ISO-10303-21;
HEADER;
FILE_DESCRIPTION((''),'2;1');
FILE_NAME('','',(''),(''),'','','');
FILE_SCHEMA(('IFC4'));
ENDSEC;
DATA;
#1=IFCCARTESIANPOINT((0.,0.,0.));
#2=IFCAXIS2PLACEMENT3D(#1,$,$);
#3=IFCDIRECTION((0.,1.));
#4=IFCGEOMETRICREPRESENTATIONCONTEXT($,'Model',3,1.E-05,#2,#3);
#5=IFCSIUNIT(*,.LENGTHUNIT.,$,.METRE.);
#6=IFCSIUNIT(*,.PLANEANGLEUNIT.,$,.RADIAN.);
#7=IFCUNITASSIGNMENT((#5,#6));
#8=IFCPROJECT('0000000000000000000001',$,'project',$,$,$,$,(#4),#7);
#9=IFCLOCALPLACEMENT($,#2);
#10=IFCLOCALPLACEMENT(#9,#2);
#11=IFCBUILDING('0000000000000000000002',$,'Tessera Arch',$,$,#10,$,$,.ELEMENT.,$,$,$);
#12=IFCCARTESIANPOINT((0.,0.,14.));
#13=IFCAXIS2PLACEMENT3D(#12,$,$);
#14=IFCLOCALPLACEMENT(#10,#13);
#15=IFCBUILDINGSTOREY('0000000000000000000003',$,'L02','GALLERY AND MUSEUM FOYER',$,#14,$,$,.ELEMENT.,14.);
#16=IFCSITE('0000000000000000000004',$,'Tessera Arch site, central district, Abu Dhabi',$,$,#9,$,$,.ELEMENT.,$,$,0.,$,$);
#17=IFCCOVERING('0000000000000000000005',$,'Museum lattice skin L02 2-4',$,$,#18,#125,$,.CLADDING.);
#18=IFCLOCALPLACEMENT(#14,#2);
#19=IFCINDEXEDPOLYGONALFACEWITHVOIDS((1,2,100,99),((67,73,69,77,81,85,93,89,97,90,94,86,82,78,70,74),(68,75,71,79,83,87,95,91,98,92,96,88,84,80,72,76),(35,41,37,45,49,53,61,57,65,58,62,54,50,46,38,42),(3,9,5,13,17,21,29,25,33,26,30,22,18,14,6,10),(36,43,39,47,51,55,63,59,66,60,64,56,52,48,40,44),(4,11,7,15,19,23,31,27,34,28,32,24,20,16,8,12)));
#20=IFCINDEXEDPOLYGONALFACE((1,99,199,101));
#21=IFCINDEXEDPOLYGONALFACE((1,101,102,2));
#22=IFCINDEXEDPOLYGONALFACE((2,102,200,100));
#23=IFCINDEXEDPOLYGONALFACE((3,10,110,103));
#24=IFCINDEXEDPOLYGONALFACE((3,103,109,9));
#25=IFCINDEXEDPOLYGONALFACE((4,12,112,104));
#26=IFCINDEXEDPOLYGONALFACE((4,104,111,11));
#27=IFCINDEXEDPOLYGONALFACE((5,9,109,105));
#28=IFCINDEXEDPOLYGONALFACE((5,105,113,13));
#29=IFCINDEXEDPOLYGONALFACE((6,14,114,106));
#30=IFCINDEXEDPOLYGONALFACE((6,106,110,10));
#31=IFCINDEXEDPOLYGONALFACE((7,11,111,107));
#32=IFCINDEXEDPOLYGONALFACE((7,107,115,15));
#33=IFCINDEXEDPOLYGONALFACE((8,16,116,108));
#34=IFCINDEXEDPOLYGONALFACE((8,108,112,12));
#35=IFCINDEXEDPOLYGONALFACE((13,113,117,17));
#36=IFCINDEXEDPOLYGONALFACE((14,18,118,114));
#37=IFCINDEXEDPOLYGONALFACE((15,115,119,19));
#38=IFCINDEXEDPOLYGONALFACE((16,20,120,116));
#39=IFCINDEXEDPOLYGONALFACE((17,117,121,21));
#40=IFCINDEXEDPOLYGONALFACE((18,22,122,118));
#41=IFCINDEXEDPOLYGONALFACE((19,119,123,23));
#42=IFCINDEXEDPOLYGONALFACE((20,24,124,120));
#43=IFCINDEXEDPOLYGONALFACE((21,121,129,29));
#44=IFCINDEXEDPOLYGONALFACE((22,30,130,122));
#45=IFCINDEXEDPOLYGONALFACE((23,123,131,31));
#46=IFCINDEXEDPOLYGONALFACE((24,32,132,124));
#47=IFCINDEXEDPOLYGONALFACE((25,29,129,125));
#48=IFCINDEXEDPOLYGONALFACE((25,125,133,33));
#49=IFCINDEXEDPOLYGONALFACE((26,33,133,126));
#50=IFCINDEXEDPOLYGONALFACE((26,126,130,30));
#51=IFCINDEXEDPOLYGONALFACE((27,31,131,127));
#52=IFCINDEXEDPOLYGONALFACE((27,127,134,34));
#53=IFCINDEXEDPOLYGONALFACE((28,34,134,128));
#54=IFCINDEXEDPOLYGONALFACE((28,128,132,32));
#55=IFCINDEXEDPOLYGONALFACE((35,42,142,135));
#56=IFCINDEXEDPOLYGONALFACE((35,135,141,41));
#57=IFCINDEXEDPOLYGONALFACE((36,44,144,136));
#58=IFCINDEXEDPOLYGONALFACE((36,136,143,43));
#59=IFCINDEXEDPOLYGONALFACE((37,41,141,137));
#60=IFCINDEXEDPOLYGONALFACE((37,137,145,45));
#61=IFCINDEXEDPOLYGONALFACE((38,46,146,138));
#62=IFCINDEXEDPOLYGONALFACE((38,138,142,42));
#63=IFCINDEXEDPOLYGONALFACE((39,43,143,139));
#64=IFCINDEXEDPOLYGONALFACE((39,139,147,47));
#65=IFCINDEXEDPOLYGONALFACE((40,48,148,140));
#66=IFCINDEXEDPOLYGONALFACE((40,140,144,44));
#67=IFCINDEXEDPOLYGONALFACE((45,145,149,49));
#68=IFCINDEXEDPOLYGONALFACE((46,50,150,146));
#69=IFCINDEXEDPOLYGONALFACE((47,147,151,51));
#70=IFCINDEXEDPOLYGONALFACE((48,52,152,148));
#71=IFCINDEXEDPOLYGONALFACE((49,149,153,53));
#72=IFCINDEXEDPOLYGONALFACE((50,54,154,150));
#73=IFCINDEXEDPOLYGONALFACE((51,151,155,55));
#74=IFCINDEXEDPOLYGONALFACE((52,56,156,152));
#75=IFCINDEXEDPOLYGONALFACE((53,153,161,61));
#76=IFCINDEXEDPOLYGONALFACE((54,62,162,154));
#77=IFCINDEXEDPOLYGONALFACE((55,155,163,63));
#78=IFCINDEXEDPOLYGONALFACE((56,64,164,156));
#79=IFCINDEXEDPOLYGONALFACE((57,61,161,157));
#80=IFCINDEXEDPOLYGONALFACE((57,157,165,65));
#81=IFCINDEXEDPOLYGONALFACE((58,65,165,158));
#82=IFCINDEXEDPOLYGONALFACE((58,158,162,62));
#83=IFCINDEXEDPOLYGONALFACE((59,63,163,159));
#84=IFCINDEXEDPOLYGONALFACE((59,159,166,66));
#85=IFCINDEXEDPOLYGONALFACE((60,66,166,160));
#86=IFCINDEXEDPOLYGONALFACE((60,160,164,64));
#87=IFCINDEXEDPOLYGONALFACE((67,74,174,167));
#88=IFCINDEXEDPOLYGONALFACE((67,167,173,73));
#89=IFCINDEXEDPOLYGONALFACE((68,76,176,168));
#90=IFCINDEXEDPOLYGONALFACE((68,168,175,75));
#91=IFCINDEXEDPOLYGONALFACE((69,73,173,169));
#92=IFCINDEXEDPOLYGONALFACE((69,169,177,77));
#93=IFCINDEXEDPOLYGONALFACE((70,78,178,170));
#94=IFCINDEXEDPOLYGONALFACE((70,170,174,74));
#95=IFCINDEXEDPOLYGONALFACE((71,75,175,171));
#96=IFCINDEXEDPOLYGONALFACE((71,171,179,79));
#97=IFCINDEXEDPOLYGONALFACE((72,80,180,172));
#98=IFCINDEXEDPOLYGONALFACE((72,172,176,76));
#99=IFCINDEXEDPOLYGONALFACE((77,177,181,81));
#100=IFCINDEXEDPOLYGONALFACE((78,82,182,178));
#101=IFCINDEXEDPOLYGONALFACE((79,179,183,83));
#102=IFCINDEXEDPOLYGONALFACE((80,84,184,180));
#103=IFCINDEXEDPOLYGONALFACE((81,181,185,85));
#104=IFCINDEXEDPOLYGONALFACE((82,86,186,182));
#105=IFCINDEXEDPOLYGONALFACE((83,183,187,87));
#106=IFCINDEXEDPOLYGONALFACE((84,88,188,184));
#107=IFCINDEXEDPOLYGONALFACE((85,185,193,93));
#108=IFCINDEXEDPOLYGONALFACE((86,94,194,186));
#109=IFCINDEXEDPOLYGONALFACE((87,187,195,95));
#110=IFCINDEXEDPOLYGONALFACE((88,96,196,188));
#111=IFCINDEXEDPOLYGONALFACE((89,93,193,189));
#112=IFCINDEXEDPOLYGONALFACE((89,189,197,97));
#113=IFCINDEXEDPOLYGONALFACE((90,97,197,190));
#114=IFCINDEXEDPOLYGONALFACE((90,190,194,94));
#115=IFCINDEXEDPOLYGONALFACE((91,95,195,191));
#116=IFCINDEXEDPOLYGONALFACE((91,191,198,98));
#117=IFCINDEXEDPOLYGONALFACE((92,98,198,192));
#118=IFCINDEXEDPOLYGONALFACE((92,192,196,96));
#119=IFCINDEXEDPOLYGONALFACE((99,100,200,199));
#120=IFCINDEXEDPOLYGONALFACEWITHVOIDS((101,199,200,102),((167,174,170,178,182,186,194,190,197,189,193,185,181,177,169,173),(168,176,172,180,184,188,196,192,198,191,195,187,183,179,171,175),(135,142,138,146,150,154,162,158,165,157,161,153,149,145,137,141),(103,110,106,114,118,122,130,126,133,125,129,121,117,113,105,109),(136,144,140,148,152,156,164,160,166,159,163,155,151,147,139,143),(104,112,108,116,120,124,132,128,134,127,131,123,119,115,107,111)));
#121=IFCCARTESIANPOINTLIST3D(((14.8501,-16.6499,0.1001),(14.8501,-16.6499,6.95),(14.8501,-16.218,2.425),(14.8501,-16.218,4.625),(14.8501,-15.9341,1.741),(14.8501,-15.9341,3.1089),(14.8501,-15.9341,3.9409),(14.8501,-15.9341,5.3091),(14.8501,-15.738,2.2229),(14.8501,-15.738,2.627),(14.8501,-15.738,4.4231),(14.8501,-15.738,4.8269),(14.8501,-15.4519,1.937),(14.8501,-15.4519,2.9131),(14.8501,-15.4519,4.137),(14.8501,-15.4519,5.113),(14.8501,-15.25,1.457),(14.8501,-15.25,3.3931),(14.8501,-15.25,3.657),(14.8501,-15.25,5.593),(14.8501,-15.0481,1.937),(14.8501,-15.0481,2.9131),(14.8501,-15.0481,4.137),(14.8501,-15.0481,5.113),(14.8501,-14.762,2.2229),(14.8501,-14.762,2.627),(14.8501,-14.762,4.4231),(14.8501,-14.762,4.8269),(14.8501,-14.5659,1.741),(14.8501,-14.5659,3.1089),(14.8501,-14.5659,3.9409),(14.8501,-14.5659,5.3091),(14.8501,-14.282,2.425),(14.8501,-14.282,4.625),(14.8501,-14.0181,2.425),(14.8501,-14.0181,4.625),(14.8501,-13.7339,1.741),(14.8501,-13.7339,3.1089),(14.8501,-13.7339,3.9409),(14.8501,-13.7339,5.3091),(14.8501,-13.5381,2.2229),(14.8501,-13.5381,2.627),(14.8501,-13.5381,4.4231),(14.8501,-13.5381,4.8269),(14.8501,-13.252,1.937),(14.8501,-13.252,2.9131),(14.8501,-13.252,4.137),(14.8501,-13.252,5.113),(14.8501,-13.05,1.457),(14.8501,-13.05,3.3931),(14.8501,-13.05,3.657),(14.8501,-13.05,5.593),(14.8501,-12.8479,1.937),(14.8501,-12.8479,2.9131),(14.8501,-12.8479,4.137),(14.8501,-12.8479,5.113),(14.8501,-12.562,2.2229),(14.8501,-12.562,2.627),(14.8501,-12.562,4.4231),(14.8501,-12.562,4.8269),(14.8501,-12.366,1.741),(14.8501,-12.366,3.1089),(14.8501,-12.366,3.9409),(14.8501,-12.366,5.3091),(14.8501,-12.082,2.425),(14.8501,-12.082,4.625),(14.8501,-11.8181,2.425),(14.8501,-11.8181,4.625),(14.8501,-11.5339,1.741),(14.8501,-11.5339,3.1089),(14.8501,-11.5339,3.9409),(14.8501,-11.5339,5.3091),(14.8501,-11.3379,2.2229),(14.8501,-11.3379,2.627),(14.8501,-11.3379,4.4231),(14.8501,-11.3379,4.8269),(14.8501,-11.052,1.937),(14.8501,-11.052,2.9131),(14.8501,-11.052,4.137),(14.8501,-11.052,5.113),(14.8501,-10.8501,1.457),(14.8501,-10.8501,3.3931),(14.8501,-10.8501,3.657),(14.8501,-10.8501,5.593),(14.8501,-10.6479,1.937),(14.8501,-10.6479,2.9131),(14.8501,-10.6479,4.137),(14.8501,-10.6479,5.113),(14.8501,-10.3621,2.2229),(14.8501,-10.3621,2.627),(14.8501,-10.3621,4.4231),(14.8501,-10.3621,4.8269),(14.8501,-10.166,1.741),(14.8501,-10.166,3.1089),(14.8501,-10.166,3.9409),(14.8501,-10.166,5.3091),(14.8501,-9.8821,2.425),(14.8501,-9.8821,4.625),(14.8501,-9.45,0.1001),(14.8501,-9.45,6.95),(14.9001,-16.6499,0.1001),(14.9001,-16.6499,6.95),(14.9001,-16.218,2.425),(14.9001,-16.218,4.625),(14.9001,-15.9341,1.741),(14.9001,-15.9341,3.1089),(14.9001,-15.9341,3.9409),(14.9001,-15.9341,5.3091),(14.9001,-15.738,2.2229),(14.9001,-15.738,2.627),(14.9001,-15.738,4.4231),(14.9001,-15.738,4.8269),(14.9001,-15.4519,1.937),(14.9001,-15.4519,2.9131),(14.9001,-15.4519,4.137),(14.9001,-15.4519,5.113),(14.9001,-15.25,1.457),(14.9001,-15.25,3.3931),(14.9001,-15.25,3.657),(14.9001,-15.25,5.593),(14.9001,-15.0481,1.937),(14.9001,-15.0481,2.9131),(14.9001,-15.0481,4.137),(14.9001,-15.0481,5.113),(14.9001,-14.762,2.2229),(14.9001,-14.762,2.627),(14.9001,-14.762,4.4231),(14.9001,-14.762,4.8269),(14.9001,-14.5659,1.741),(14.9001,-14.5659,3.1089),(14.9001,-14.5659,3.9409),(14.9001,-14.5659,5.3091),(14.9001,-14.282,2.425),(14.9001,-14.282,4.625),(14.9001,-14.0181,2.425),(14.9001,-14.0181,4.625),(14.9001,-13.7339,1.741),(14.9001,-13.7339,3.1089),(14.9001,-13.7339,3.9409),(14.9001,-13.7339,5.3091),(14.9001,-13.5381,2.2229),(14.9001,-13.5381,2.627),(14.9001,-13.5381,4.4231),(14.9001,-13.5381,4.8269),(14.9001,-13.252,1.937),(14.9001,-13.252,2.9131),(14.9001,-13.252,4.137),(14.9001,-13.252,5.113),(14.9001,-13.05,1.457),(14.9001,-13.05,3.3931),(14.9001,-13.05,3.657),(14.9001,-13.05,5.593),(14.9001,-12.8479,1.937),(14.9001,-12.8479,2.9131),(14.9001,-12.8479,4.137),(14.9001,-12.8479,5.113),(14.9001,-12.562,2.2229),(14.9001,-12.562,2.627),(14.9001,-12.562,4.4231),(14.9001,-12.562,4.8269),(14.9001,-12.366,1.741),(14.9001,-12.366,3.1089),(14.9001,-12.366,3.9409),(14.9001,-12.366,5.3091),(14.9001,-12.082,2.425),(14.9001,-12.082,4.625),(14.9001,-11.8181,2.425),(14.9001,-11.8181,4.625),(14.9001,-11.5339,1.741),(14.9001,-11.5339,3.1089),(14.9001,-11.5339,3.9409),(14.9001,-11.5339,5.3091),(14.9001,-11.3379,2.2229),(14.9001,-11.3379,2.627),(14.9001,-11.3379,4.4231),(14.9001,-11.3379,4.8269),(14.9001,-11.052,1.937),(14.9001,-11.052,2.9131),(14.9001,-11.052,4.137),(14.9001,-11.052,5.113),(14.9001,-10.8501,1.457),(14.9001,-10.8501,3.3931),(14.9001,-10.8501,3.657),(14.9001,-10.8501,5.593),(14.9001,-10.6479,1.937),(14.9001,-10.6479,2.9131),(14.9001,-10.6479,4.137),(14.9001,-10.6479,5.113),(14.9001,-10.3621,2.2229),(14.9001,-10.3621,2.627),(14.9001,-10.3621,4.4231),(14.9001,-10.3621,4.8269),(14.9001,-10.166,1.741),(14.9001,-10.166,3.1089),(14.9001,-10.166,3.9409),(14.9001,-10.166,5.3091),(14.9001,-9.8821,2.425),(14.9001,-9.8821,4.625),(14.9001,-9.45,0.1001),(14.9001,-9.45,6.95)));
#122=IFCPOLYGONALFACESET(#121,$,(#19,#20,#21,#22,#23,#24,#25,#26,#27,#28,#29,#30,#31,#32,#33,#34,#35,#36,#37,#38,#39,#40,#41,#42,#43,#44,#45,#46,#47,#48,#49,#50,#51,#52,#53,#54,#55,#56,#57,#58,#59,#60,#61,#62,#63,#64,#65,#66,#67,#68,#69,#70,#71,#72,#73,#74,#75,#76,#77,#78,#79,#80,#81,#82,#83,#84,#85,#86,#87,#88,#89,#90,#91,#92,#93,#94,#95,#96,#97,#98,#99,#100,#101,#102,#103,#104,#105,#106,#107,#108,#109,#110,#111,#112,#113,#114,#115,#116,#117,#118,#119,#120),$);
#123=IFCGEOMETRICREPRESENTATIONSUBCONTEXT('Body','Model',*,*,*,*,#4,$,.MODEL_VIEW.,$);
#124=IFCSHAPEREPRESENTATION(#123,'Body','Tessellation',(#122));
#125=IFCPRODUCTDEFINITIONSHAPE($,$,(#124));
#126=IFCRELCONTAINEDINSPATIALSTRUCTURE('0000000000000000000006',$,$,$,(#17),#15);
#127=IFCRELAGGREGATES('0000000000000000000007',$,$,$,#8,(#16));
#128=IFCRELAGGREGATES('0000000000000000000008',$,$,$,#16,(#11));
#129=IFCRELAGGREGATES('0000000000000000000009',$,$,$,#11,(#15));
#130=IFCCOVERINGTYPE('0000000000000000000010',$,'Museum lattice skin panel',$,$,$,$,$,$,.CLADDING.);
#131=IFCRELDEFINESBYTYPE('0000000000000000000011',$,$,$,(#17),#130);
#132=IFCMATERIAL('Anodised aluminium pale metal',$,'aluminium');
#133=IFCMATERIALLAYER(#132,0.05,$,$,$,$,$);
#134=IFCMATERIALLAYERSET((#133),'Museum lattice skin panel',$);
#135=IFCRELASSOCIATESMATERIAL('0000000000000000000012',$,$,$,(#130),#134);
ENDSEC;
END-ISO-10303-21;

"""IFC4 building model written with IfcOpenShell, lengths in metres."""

from ifc_helpers import new_model, si_unit, direction, frame, origin, place, context, subcontext, project, spatial, polyline, outline, extrude, material, layer, layer_set, type_object, element, save


model = new_model("IFC4")

# Units and contexts
model_context = context("Model", 3, precision=1e-05, world=origin(), true_north=direction((0.0, 1.0)))
body_context = subcontext(model_context, "Body", "Model", "MODEL_VIEW")
ifc_project = project(units=[si_unit("LENGTHUNIT", "METRE"), si_unit("PLANEANGLEUNIT", "RADIAN")], contexts=[model_context])

# Site, building, storey
site_placement = place(None, origin())
site = spatial("IfcSite", under=ifc_project, at=site_placement, Name="Tessera Arch site, central district, Abu Dhabi", CompositionType="ELEMENT", RefElevation=0.0)
building_placement = place(site_placement, origin())
building = spatial("IfcBuilding", under=site, at=building_placement, Name="Tessera Arch", CompositionType="ELEMENT")
storey_placement = place(building_placement, frame((0.0, 0.0, 14.0)))
storey = spatial("IfcBuildingStorey", under=building, at=storey_placement, Name="L02", Description="GALLERY AND MUSEUM FOYER", CompositionType="ELEMENT", Elevation=14.0)

# Covering
ifc_material_1 = material(Name="Anodised aluminium pale metal", Category="aluminium")
ifc_layer_1 = layer(ifc_material_1, 0.05)
ifc_layer_set_1 = layer_set([ifc_layer_1], Name="Museum lattice skin panel")
covering_type_1 = type_object("IfcCoveringType", Name="Museum lattice skin panel", PredefinedType="CLADDING", material=ifc_layer_set_1)
covering_1_placement = place(storey_placement, frame((14.8501, -16.6499, 6.95), z_axis=(-1.0, 0.0, 0.0), x_axis=(0.0, 1.0, 0.0)))
element("IfcCovering", 1, at=covering_1_placement, inside=storey, type_object=covering_type_1, Name="Museum lattice skin L02 2-4", PredefinedType="CLADDING", context=body_context, shape_type="SweptSolid", body=[
    extrude(outline(polyline([(0.0, 0.0), (7.2, 0.0), (7.2, 6.8499), (0.0, 6.8499), (0.0, 0.0)]), holes=[polyline([(2.3679, 4.5249), (1.8879, 4.323), (2.084, 3.8411), (1.6018, 4.0369), (1.3999, 3.5569), (1.198, 4.0369), (0.7158, 3.8411), (0.9119, 4.323), (0.4319, 4.5249), (0.9119, 4.7271), (0.7158, 5.209), (1.198, 5.0129), (1.3999, 5.4929), (1.6018, 5.0129), (2.084, 5.209), (1.8879, 4.7271), (2.3679, 4.5249)]), polyline([(2.3679, 2.325), (1.8879, 2.123), (2.084, 1.6409), (1.6018, 1.8369), (1.3999, 1.3569), (1.198, 1.8369), (0.7158, 1.6409), (0.9119, 2.123), (0.4319, 2.325), (0.9119, 2.5269), (0.7158, 3.009), (1.198, 2.813), (1.3999, 3.293), (1.6018, 2.813), (2.084, 3.009), (1.8879, 2.5269), (2.3679, 2.325)]), polyline([(4.5679, 4.5249), (4.0879, 4.323), (4.2839, 3.8411), (3.802, 4.0369), (3.5999, 3.5569), (3.3979, 4.0369), (2.916, 3.8411), (3.1118, 4.323), (2.6318, 4.5249), (3.1118, 4.7271), (2.916, 5.209), (3.3979, 5.0129), (3.5999, 5.4929), (3.802, 5.0129), (4.2839, 5.209), (4.0879, 4.7271), (4.5679, 4.5249)]), polyline([(4.5679, 2.325), (4.0879, 2.123), (4.2839, 1.6409), (3.802, 1.8369), (3.5999, 1.3569), (3.3979, 1.8369), (2.916, 1.6409), (3.1118, 2.123), (2.6318, 2.325), (3.1118, 2.5269), (2.916, 3.009), (3.3979, 2.813), (3.5999, 3.293), (3.802, 2.813), (4.2839, 3.009), (4.0879, 2.5269), (4.5679, 2.325)]), polyline([(6.7678, 4.5249), (6.2878, 4.323), (6.4839, 3.8411), (6.002, 4.0369), (5.7998, 3.5569), (5.5979, 4.0369), (5.116, 3.8411), (5.312, 4.323), (4.8318, 4.5249), (5.312, 4.7271), (5.116, 5.209), (5.5979, 5.0129), (5.7998, 5.4929), (6.002, 5.0129), (6.4839, 5.209), (6.2878, 4.7271), (6.7678, 4.5249)]), polyline([(6.7678, 2.325), (6.2878, 2.123), (6.4839, 1.6409), (6.002, 1.8369), (5.7998, 1.3569), (5.5979, 1.8369), (5.116, 1.6409), (5.312, 2.123), (4.8318, 2.325), (5.312, 2.5269), (5.116, 3.009), (5.5979, 2.813), (5.7998, 3.293), (6.002, 2.813), (6.4839, 3.009), (6.2878, 2.5269), (6.7678, 2.325)])]), origin(), (0.0, 0.0, -1.0), 0.05),
])

save(model, "model.ifc")
